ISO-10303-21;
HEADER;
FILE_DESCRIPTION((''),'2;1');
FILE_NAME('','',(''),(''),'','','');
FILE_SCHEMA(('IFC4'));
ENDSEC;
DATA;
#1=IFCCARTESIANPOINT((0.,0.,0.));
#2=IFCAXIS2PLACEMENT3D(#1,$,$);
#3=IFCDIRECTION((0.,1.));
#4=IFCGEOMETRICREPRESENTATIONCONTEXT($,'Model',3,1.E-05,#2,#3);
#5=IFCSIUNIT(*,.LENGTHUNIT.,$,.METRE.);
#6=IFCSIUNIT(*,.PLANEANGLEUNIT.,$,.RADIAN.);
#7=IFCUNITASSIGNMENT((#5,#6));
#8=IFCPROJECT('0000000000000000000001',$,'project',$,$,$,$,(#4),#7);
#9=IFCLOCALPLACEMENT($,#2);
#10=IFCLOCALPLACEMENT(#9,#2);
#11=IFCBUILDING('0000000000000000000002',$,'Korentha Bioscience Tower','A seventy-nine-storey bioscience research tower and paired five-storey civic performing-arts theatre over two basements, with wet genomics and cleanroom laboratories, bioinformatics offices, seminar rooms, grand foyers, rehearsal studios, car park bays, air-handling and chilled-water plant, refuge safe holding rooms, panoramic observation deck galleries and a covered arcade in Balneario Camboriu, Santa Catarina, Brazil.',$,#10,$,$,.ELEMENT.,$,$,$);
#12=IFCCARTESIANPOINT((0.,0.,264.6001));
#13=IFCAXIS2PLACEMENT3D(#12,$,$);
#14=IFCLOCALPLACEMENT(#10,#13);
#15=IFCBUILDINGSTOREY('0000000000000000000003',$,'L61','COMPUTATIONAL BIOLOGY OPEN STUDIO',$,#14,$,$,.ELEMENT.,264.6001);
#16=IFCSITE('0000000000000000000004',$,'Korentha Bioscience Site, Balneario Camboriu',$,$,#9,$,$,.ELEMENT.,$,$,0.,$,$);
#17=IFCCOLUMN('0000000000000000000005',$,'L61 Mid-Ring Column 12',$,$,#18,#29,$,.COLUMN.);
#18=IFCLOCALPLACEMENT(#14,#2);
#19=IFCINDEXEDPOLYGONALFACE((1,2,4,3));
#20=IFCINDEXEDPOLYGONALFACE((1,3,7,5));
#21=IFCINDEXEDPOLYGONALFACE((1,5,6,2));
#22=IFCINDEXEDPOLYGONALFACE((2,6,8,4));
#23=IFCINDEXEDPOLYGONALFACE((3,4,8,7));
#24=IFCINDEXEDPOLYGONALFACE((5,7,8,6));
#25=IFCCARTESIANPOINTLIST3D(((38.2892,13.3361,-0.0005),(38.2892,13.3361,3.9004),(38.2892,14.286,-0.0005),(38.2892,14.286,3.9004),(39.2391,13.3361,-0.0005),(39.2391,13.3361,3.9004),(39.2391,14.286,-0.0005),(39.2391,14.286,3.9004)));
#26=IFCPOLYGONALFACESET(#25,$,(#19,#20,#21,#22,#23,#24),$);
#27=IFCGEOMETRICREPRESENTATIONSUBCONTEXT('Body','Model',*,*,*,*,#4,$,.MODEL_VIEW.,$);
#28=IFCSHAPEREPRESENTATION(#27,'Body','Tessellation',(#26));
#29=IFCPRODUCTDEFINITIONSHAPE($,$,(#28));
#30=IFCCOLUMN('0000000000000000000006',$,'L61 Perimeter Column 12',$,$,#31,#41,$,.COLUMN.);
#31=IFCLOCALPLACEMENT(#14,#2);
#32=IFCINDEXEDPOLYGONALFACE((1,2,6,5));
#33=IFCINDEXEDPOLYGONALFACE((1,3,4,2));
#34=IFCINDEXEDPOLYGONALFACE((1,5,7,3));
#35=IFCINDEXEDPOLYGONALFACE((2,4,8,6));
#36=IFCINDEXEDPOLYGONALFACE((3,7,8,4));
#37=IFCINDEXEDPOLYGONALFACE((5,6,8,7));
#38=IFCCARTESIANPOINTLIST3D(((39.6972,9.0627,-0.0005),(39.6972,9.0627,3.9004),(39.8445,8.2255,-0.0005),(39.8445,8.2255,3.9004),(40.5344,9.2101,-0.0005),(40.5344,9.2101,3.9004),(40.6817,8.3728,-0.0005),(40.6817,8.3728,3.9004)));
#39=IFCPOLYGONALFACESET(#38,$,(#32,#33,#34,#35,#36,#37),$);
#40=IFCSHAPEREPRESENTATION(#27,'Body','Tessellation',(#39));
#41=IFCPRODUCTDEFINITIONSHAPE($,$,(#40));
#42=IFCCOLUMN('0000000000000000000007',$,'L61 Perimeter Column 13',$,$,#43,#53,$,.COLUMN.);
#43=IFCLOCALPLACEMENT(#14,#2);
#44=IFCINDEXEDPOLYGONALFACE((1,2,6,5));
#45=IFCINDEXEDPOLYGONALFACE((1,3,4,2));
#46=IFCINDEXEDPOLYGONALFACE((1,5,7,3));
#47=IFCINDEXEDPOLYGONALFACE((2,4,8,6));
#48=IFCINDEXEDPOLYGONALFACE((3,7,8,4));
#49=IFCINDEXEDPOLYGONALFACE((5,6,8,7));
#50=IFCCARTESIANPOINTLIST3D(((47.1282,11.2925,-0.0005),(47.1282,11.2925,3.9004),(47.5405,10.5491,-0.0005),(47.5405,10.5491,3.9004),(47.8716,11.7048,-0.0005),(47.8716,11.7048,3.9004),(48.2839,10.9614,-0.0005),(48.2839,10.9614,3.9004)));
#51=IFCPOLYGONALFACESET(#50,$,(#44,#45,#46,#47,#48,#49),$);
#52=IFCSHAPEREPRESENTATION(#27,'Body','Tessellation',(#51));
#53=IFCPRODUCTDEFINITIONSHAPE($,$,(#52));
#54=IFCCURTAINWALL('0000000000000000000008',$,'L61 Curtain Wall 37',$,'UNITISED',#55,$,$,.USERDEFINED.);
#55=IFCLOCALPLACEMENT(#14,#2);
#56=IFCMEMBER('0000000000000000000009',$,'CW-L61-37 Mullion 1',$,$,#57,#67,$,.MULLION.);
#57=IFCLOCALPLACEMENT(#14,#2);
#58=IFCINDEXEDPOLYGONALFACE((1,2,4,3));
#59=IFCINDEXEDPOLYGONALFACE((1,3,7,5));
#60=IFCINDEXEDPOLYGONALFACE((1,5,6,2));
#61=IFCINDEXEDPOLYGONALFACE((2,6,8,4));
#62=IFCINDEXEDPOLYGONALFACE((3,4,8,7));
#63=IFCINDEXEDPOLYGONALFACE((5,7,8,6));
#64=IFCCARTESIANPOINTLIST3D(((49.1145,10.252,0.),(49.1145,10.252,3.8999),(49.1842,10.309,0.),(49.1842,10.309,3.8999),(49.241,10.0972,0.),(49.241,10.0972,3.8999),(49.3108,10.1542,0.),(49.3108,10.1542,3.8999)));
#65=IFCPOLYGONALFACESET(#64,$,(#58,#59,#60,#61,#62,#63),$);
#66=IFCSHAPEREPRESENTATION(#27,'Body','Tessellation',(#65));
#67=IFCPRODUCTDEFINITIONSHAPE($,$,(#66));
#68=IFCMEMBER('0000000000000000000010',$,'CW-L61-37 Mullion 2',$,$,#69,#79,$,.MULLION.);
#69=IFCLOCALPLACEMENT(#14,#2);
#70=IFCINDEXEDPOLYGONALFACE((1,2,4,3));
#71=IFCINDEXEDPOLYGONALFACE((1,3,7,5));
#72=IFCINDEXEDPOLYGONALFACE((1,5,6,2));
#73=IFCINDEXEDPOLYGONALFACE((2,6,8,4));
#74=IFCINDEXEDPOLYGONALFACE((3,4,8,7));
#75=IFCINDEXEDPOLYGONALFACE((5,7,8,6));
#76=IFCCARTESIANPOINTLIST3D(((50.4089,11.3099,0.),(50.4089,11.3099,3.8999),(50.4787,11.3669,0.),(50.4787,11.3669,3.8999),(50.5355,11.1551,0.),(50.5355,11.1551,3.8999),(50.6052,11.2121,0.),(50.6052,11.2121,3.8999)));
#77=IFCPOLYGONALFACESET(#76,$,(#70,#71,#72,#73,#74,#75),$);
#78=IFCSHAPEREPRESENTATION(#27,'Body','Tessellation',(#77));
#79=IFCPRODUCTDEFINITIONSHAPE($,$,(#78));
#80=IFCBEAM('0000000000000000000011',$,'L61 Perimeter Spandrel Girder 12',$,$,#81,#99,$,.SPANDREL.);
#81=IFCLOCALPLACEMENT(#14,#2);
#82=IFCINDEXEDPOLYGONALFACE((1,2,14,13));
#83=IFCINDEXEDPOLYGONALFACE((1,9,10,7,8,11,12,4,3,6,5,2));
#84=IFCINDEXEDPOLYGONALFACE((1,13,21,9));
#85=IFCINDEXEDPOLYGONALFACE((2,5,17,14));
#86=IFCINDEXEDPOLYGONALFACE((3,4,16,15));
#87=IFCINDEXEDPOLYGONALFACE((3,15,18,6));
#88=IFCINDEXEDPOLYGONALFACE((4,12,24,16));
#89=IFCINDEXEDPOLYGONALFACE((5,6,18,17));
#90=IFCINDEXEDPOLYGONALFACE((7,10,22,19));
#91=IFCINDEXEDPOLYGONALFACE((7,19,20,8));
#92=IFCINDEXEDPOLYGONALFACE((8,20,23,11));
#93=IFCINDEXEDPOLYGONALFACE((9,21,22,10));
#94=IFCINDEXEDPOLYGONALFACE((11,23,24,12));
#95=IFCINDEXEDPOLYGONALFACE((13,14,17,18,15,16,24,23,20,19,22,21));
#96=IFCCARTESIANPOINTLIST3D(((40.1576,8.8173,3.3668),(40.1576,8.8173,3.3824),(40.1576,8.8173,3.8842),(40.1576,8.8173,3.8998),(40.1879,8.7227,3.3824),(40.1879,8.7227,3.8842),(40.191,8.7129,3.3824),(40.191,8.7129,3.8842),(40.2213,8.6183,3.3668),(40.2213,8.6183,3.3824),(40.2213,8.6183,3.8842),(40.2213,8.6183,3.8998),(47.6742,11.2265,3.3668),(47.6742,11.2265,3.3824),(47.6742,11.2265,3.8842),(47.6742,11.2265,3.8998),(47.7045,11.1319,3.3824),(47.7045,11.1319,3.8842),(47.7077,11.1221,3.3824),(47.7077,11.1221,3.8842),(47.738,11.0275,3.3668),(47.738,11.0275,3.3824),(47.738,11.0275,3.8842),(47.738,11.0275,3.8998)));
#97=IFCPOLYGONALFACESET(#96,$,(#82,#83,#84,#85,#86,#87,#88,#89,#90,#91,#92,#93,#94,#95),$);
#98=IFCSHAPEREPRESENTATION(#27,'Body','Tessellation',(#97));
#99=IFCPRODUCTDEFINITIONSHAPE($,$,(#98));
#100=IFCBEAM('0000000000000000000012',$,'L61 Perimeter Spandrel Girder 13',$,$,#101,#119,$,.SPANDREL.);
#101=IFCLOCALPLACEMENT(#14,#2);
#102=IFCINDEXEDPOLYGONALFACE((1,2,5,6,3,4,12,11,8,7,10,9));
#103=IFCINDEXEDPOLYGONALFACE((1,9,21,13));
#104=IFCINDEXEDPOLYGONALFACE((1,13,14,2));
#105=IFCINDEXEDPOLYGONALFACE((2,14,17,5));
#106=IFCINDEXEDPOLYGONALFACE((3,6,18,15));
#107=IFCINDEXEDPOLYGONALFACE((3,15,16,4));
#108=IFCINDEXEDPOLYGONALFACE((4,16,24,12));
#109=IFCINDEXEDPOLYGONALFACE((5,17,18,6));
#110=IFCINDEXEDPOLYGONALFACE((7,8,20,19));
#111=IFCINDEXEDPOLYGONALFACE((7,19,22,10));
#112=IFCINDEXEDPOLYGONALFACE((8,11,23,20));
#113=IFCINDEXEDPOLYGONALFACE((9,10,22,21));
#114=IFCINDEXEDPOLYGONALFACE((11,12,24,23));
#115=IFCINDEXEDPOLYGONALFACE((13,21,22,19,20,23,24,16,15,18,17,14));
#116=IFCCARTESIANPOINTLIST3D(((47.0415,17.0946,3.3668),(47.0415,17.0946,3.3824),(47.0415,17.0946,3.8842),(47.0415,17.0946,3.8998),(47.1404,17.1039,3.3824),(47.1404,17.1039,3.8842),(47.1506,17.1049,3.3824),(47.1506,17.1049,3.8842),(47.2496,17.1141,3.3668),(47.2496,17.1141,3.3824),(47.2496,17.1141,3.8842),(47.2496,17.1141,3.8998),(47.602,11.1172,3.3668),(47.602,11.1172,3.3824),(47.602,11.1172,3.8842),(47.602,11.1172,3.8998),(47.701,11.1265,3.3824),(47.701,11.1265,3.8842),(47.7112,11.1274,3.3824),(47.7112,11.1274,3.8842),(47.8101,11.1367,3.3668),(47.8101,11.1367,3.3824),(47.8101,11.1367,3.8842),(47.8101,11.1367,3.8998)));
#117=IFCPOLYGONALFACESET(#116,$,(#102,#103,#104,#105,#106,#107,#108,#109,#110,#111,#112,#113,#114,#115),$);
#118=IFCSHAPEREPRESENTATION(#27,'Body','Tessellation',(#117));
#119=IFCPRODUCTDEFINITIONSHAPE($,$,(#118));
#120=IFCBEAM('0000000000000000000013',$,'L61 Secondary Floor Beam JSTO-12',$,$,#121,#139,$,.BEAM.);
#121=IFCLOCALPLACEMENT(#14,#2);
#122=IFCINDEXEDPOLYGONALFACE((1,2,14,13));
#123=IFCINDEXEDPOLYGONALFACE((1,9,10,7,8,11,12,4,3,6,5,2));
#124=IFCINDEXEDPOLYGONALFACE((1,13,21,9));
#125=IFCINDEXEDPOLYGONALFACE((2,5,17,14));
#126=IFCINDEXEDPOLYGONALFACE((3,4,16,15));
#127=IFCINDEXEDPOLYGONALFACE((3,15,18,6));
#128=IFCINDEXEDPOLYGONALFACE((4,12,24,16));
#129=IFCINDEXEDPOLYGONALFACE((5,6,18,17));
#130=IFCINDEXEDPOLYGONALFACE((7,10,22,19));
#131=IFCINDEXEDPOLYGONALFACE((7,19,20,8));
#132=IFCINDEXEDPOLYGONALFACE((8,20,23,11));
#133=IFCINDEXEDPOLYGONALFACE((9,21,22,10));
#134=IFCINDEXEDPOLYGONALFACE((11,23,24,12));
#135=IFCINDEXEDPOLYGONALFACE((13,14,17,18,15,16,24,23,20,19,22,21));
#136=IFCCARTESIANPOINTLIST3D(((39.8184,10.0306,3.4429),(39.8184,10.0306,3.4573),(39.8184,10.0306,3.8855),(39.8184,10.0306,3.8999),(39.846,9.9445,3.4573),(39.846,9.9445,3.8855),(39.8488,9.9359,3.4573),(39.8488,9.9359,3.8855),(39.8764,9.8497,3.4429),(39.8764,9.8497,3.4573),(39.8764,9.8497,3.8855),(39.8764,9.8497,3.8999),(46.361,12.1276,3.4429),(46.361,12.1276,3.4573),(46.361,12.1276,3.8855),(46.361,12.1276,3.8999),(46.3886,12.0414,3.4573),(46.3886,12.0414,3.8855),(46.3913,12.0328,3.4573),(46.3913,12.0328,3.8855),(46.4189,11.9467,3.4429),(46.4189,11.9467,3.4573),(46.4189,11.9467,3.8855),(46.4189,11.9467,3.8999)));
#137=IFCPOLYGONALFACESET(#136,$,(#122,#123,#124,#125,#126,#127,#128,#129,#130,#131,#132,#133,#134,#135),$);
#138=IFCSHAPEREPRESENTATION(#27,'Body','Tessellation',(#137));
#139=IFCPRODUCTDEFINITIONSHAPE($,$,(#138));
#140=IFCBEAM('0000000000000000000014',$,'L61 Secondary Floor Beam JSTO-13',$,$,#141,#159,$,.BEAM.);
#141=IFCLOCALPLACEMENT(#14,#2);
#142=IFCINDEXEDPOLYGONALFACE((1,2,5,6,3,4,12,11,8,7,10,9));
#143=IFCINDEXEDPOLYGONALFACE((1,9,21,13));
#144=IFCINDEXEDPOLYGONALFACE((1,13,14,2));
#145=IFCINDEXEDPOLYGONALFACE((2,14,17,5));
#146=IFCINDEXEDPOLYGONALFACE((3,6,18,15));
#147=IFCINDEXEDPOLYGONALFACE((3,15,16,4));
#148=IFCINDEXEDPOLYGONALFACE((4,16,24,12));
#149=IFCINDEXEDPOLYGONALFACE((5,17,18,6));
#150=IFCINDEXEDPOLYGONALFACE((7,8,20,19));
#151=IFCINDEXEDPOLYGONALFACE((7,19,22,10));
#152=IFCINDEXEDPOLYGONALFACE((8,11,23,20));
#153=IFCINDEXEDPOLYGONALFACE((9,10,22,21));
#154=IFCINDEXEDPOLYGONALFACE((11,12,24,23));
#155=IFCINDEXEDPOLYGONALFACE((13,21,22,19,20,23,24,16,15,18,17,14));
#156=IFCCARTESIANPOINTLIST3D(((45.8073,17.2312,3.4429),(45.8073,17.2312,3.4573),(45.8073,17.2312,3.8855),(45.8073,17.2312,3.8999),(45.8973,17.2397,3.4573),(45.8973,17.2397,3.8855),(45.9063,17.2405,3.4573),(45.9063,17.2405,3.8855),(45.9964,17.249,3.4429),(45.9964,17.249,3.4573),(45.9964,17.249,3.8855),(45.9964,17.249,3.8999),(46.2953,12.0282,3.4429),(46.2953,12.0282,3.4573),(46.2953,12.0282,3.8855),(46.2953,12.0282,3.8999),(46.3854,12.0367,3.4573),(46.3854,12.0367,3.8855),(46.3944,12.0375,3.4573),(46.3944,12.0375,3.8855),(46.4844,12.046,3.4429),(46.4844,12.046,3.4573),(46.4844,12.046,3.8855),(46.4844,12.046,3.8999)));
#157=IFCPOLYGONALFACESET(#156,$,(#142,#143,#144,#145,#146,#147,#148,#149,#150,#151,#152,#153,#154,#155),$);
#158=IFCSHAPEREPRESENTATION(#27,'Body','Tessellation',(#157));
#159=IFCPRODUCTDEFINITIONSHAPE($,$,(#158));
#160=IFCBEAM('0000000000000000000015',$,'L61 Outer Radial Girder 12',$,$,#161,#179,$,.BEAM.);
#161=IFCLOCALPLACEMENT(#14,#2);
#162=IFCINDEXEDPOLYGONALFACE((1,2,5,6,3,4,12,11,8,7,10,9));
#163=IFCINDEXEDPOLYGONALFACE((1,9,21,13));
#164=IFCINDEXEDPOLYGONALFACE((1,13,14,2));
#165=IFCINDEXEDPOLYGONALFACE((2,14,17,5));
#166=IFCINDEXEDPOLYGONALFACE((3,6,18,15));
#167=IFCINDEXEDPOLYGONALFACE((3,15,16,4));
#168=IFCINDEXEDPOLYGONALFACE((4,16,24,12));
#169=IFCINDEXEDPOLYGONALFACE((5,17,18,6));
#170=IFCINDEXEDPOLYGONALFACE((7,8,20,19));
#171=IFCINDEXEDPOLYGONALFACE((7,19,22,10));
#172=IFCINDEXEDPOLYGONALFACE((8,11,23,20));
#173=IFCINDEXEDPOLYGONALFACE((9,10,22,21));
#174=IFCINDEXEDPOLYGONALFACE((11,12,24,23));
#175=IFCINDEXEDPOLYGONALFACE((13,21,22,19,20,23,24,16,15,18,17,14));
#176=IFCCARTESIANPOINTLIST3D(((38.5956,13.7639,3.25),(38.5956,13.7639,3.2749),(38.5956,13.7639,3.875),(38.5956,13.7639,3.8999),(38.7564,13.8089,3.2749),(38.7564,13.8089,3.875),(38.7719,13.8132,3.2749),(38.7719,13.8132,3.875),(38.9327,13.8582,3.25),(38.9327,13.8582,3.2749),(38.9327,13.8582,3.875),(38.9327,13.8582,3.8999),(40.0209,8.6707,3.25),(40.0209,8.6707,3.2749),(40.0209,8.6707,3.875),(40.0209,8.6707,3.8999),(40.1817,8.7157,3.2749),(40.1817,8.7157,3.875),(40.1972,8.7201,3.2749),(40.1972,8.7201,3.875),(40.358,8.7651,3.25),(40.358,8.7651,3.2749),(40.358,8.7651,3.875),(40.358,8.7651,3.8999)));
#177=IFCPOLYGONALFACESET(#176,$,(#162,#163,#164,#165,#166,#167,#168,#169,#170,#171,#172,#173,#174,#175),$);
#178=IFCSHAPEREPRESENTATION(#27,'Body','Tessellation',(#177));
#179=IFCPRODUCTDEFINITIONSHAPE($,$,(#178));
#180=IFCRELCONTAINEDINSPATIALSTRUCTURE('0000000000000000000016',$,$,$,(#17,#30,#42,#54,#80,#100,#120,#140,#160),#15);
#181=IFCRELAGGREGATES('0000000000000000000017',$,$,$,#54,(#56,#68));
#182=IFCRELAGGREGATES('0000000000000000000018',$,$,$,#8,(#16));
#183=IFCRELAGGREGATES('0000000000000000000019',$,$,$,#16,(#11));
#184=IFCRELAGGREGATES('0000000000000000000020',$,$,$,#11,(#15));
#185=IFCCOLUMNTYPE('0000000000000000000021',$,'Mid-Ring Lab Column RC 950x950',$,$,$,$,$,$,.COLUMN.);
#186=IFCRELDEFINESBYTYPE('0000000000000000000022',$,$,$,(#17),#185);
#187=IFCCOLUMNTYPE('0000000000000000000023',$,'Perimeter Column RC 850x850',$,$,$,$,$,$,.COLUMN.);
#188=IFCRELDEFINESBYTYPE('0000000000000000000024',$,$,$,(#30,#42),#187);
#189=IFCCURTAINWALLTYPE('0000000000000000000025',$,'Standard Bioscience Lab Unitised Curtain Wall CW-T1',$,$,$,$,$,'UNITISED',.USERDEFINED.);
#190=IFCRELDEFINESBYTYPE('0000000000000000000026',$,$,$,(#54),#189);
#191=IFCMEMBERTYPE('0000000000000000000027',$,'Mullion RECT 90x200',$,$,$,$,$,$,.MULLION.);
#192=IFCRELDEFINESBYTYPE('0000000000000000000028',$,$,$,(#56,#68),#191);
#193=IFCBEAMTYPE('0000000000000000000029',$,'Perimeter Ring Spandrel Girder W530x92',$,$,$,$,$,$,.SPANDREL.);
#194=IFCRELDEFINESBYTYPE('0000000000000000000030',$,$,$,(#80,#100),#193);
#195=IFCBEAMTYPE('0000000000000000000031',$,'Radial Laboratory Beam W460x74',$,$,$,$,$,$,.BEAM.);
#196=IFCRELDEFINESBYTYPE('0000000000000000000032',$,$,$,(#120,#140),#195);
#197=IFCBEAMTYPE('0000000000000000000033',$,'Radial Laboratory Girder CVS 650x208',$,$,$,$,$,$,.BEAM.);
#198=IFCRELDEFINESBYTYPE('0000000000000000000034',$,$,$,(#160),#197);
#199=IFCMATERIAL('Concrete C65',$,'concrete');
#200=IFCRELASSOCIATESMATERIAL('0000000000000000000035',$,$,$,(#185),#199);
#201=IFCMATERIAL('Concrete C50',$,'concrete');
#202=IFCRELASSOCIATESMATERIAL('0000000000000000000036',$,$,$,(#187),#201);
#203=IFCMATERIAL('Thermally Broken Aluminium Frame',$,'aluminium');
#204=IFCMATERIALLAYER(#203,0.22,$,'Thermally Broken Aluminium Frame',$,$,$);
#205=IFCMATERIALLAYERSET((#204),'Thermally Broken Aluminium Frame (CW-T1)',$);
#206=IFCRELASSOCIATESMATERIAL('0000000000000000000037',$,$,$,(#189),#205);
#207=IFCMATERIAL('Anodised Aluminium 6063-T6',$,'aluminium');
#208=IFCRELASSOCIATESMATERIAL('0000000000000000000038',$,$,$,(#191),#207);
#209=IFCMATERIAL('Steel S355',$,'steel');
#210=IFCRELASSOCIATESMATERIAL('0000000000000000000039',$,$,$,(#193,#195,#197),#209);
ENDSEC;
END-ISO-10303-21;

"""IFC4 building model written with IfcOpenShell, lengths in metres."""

from ifc_helpers import new_model, si_unit, direction, frame, origin, origin_2d, place, context, subcontext, project, spatial, rectangle, i_section, extrude, material, layer, layer_set, material_profile, profile_set, type_object, element, aggregate, save


model = new_model("IFC4")

# Units and contexts
model_context = context("Model", 3, precision=1e-05, world=origin(), true_north=direction((0.0, 1.0)))
body_context = subcontext(model_context, "Body", "Model", "MODEL_VIEW")
ifc_project = project(units=[si_unit("LENGTHUNIT", "METRE"), si_unit("PLANEANGLEUNIT", "RADIAN")], contexts=[model_context])

# Site, building, storey
site_placement = place(None, origin())
site = spatial("IfcSite", under=ifc_project, at=site_placement, Name="Korentha Bioscience Site, Balneario Camboriu", CompositionType="ELEMENT", RefElevation=0.0)
building_placement = place(site_placement, origin())
building = spatial("IfcBuilding", under=site, at=building_placement, Name="Korentha Bioscience Tower", Description="A seventy-nine-storey bioscience research tower and paired five-storey civic performing-arts theatre over two basements, with wet genomics and cleanroom laboratories, bioinformatics offices, seminar rooms, grand foyers, rehearsal studios, car park bays, air-handling and chilled-water plant, refuge safe holding rooms, panoramic observation deck galleries and a covered arcade in Balneario Camboriu, Santa Catarina, Brazil.", CompositionType="ELEMENT")
storey_placement = place(building_placement, frame((0.0, 0.0, 264.6001)))
storey = spatial("IfcBuildingStorey", under=building, at=storey_placement, Name="L61", Description="COMPUTATIONAL BIOLOGY OPEN STUDIO", CompositionType="ELEMENT", Elevation=264.6001)

# Columns
ifc_material_1 = material(Name="Concrete C65", Category="concrete")
ifc_material_profile_1 = material_profile(ifc_material_1, rectangle(XDim=0.95, YDim=0.95, at=origin_2d()), Name="Concrete C65")
ifc_profile_set_1 = profile_set([ifc_material_profile_1], Name="Concrete C65 (COL-MR09)")
column_type_1 = type_object("IfcColumnType", Name="Mid-Ring Lab Column RC 950x950", PredefinedType="COLUMN", material=ifc_profile_set_1)
column_placement = place(storey_placement, frame((38.7642, 13.811, -0.0005), z_axis=(0.0, 0.0, 1.0), x_axis=(1.0, 0.0, 0.0)))
element("IfcColumn", 1, at=column_placement, inside=storey, type_object=column_type_1, Name="L61 Mid-Ring Column 12", PredefinedType="COLUMN", context=body_context, shape_type="SweptSolid", body=[
    extrude(rectangle(XDim=0.95, YDim=0.95, at=origin_2d()), origin(), (0.0, 0.0, 1.0), 3.9009),
])
ifc_material_2 = material(Name="Concrete C50", Category="concrete")
ifc_material_profile_2 = material_profile(ifc_material_2, rectangle(XDim=0.8501, YDim=0.8501, at=origin_2d()), Name="Concrete C50")
ifc_profile_set_2 = profile_set([ifc_material_profile_2], Name="Concrete C50 (COL-P08)")
column_type_2 = type_object("IfcColumnType", Name="Perimeter Column RC 850x850", PredefinedType="COLUMN", material=ifc_profile_set_2)
for number, where, z_axis, x_axis, name in (
    (2, (40.1895, 8.7178, -0.0005), (0.0, 0.0, 1.0), (0.984868, 0.173304, 0.0), "L61 Perimeter Column 12"),
    (3, (47.7061, 11.127, -0.0005), (0.0, 0.0, 1.0), (0.874535, 0.484962, 0.0), "L61 Perimeter Column 13"),
):
    element("IfcColumn", number, at=place(storey_placement, frame(where, z_axis=z_axis, x_axis=x_axis)), inside=storey, type_object=column_type_2, Name=name, PredefinedType="COLUMN", context=body_context, shape_type="SweptSolid", body=[
        extrude(rectangle(XDim=0.8501, YDim=0.8501, at=origin_2d()), origin(), (0.0, 0.0, 1.0), 3.9009),
    ])

# Curtain wall, members
ifc_material_3 = material(Name="Thermally Broken Aluminium Frame", Category="aluminium")
ifc_layer_1 = layer(ifc_material_3, 0.22, Name="Thermally Broken Aluminium Frame")
ifc_layer_set_1 = layer_set([ifc_layer_1], Name="Thermally Broken Aluminium Frame (CW-T1)")
curtain_wall_type = type_object("IfcCurtainWallType", Name="Standard Bioscience Lab Unitised Curtain Wall CW-T1", ElementType="UNITISED", PredefinedType="USERDEFINED", material=ifc_layer_set_1)
curtain_wall_placement = place(storey_placement, origin())
curtain_wall = element("IfcCurtainWall", 4, at=curtain_wall_placement, inside=storey, type_object=curtain_wall_type, Name="L61 Curtain Wall 37", ObjectType="UNITISED", PredefinedType="USERDEFINED")
ifc_material_4 = material(Name="Anodised Aluminium 6063-T6", Category="aluminium")
ifc_material_profile_3 = material_profile(ifc_material_4, rectangle(XDim=0.0901, YDim=0.2, at=origin_2d()), Name="Anodised Aluminium 6063-T6")
ifc_profile_set_3 = profile_set([ifc_material_profile_3], Name="Anodised Aluminium 6063-T6 (CW-MUL)")
member_type_1 = type_object("IfcMemberType", Name="Mullion RECT 90x200", PredefinedType="MULLION", material=ifc_profile_set_3)
member_1_placement = place(storey_placement, frame((49.2126, 10.2031, 0.0), z_axis=(0.0, 0.0, 1.0), x_axis=(0.774235, 0.632898, 0.0)))
member_1 = element("IfcMember", 5, at=member_1_placement, type_object=member_type_1, Name="CW-L61-37 Mullion 1", PredefinedType="MULLION", context=body_context, shape_type="SweptSolid", body=[
    extrude(rectangle(XDim=0.0901, YDim=0.2, at=origin_2d()), origin(), (0.0, 0.0, 1.0), 3.8999),
])
member_2_placement = place(storey_placement, frame((50.5071, 11.261, 0.0), z_axis=(0.0, 0.0, 1.0), x_axis=(0.774235, 0.632898, 0.0)))
member_2 = element("IfcMember", 6, at=member_2_placement, type_object=member_type_1, Name="CW-L61-37 Mullion 2", PredefinedType="MULLION", context=body_context, shape_type="SweptSolid", body=[
    extrude(rectangle(XDim=0.0901, YDim=0.2, at=origin_2d()), origin(), (0.0, 0.0, 1.0), 3.8999),
])

# Beams
ifc_material_5 = material(Name="Steel S355", Category="steel")
ifc_material_profile_4 = material_profile(ifc_material_5, i_section(OverallWidth=0.209, OverallDepth=0.533, WebThickness=0.0103, FlangeThickness=0.0156, at=origin_2d()), Name="Steel S355")
ifc_profile_set_4 = profile_set([ifc_material_profile_4], Name="Steel S355 (SB-530)")
beam_type_1 = type_object("IfcBeamType", Name="Perimeter Ring Spandrel Girder W530x92", PredefinedType="SPANDREL", material=ifc_profile_set_4)
beam_1_placement = place(storey_placement, frame((40.1895, 8.7178, 3.6333), z_axis=(0.952282, 0.30522, 0.0), x_axis=(-0.30522, 0.952282, 0.0)))
element("IfcBeam", 7, at=beam_1_placement, inside=storey, type_object=beam_type_1, Name="L61 Perimeter Spandrel Girder 12", PredefinedType="SPANDREL", context=body_context, shape_type="SweptSolid", body=[
    extrude(i_section(OverallWidth=0.209, OverallDepth=0.533, WebThickness=0.0103, FlangeThickness=0.0156, at=origin_2d()), origin(), (0.0, 0.0, 1.0), 7.8933),
])
beam_2_placement = place(storey_placement, frame((47.7061, 11.127, 3.6333), z_axis=(-0.093366, 0.995632, 0.0), x_axis=(-0.995632, -0.093366, 0.0)))
element("IfcBeam", 8, at=beam_2_placement, inside=storey, type_object=beam_type_1, Name="L61 Perimeter Spandrel Girder 13", PredefinedType="SPANDREL", context=body_context, shape_type="SweptSolid", body=[
    extrude(i_section(OverallWidth=0.209, OverallDepth=0.533, WebThickness=0.0103, FlangeThickness=0.0156, at=origin_2d()), origin(), (0.0, 0.0, 1.0), 6.0037),
])
ifc_material_profile_5 = material_profile(ifc_material_5, i_section(OverallWidth=0.1899, OverallDepth=0.457, WebThickness=0.009, FlangeThickness=0.0144, at=origin_2d()), Name="Steel S355")
ifc_profile_set_5 = profile_set([ifc_material_profile_5], Name="Steel S355 (RB-460)")
beam_type_2 = type_object("IfcBeamType", Name="Radial Laboratory Beam W460x74", PredefinedType="BEAM", material=ifc_profile_set_5)
beam_3_placement = place(storey_placement, frame((39.8474, 9.9402, 3.6714), z_axis=(0.952283, 0.305215, 0.0), x_axis=(-0.305215, 0.952283, 0.0)))
element("IfcBeam", 9, at=beam_3_placement, inside=storey, type_object=beam_type_2, Name="L61 Secondary Floor Beam JSTO-12", PredefinedType="BEAM", context=body_context, shape_type="SweptSolid", body=[
    extrude(i_section(OverallWidth=0.1899, OverallDepth=0.457, WebThickness=0.009, FlangeThickness=0.0144, at=origin_2d()), origin(), (0.0, 0.0, 1.0), 6.8704),
])
beam_4_placement = place(storey_placement, frame((46.3899, 12.0371, 3.6714), z_axis=(-0.093391, 0.995629, 0.0), x_axis=(-0.995629, -0.093391, 0.0)))
element("IfcBeam", 10, at=beam_4_placement, inside=storey, type_object=beam_type_2, Name="L61 Secondary Floor Beam JSTO-13", PredefinedType="BEAM", context=body_context, shape_type="SweptSolid", body=[
    extrude(i_section(OverallWidth=0.1899, OverallDepth=0.457, WebThickness=0.009, FlangeThickness=0.0144, at=origin_2d()), origin(), (0.0, 0.0, 1.0), 5.2258),
])
ifc_material_profile_6 = material_profile(ifc_material_5, i_section(OverallWidth=0.3501, OverallDepth=0.6499, WebThickness=0.0161, FlangeThickness=0.0249, at=origin_2d()), Name="Steel S355")
ifc_profile_set_6 = profile_set([ifc_material_profile_6], Name="Steel S355 (RB-650)")
beam_type_3 = type_object("IfcBeamType", Name="Radial Laboratory Girder CVS 650x208", PredefinedType="BEAM", material=ifc_profile_set_6)
beam_5_placement = place(storey_placement, frame((38.7642, 13.811, 3.575), z_axis=(0.269486, -0.963004, 0.0), x_axis=(0.963004, 0.269486, 0.0)))
element("IfcBeam", 11, at=beam_5_placement, inside=storey, type_object=beam_type_3, Name="L61 Outer Radial Girder 12", PredefinedType="BEAM", context=body_context, shape_type="SweptSolid", body=[
    extrude(i_section(OverallWidth=0.3501, OverallDepth=0.6499, WebThickness=0.0161, FlangeThickness=0.0249, at=origin_2d()), origin(), (0.0, 0.0, 1.0), 5.2888),
])

aggregate(curtain_wall, [member_1, member_2])

save(model, "model.ifc")
